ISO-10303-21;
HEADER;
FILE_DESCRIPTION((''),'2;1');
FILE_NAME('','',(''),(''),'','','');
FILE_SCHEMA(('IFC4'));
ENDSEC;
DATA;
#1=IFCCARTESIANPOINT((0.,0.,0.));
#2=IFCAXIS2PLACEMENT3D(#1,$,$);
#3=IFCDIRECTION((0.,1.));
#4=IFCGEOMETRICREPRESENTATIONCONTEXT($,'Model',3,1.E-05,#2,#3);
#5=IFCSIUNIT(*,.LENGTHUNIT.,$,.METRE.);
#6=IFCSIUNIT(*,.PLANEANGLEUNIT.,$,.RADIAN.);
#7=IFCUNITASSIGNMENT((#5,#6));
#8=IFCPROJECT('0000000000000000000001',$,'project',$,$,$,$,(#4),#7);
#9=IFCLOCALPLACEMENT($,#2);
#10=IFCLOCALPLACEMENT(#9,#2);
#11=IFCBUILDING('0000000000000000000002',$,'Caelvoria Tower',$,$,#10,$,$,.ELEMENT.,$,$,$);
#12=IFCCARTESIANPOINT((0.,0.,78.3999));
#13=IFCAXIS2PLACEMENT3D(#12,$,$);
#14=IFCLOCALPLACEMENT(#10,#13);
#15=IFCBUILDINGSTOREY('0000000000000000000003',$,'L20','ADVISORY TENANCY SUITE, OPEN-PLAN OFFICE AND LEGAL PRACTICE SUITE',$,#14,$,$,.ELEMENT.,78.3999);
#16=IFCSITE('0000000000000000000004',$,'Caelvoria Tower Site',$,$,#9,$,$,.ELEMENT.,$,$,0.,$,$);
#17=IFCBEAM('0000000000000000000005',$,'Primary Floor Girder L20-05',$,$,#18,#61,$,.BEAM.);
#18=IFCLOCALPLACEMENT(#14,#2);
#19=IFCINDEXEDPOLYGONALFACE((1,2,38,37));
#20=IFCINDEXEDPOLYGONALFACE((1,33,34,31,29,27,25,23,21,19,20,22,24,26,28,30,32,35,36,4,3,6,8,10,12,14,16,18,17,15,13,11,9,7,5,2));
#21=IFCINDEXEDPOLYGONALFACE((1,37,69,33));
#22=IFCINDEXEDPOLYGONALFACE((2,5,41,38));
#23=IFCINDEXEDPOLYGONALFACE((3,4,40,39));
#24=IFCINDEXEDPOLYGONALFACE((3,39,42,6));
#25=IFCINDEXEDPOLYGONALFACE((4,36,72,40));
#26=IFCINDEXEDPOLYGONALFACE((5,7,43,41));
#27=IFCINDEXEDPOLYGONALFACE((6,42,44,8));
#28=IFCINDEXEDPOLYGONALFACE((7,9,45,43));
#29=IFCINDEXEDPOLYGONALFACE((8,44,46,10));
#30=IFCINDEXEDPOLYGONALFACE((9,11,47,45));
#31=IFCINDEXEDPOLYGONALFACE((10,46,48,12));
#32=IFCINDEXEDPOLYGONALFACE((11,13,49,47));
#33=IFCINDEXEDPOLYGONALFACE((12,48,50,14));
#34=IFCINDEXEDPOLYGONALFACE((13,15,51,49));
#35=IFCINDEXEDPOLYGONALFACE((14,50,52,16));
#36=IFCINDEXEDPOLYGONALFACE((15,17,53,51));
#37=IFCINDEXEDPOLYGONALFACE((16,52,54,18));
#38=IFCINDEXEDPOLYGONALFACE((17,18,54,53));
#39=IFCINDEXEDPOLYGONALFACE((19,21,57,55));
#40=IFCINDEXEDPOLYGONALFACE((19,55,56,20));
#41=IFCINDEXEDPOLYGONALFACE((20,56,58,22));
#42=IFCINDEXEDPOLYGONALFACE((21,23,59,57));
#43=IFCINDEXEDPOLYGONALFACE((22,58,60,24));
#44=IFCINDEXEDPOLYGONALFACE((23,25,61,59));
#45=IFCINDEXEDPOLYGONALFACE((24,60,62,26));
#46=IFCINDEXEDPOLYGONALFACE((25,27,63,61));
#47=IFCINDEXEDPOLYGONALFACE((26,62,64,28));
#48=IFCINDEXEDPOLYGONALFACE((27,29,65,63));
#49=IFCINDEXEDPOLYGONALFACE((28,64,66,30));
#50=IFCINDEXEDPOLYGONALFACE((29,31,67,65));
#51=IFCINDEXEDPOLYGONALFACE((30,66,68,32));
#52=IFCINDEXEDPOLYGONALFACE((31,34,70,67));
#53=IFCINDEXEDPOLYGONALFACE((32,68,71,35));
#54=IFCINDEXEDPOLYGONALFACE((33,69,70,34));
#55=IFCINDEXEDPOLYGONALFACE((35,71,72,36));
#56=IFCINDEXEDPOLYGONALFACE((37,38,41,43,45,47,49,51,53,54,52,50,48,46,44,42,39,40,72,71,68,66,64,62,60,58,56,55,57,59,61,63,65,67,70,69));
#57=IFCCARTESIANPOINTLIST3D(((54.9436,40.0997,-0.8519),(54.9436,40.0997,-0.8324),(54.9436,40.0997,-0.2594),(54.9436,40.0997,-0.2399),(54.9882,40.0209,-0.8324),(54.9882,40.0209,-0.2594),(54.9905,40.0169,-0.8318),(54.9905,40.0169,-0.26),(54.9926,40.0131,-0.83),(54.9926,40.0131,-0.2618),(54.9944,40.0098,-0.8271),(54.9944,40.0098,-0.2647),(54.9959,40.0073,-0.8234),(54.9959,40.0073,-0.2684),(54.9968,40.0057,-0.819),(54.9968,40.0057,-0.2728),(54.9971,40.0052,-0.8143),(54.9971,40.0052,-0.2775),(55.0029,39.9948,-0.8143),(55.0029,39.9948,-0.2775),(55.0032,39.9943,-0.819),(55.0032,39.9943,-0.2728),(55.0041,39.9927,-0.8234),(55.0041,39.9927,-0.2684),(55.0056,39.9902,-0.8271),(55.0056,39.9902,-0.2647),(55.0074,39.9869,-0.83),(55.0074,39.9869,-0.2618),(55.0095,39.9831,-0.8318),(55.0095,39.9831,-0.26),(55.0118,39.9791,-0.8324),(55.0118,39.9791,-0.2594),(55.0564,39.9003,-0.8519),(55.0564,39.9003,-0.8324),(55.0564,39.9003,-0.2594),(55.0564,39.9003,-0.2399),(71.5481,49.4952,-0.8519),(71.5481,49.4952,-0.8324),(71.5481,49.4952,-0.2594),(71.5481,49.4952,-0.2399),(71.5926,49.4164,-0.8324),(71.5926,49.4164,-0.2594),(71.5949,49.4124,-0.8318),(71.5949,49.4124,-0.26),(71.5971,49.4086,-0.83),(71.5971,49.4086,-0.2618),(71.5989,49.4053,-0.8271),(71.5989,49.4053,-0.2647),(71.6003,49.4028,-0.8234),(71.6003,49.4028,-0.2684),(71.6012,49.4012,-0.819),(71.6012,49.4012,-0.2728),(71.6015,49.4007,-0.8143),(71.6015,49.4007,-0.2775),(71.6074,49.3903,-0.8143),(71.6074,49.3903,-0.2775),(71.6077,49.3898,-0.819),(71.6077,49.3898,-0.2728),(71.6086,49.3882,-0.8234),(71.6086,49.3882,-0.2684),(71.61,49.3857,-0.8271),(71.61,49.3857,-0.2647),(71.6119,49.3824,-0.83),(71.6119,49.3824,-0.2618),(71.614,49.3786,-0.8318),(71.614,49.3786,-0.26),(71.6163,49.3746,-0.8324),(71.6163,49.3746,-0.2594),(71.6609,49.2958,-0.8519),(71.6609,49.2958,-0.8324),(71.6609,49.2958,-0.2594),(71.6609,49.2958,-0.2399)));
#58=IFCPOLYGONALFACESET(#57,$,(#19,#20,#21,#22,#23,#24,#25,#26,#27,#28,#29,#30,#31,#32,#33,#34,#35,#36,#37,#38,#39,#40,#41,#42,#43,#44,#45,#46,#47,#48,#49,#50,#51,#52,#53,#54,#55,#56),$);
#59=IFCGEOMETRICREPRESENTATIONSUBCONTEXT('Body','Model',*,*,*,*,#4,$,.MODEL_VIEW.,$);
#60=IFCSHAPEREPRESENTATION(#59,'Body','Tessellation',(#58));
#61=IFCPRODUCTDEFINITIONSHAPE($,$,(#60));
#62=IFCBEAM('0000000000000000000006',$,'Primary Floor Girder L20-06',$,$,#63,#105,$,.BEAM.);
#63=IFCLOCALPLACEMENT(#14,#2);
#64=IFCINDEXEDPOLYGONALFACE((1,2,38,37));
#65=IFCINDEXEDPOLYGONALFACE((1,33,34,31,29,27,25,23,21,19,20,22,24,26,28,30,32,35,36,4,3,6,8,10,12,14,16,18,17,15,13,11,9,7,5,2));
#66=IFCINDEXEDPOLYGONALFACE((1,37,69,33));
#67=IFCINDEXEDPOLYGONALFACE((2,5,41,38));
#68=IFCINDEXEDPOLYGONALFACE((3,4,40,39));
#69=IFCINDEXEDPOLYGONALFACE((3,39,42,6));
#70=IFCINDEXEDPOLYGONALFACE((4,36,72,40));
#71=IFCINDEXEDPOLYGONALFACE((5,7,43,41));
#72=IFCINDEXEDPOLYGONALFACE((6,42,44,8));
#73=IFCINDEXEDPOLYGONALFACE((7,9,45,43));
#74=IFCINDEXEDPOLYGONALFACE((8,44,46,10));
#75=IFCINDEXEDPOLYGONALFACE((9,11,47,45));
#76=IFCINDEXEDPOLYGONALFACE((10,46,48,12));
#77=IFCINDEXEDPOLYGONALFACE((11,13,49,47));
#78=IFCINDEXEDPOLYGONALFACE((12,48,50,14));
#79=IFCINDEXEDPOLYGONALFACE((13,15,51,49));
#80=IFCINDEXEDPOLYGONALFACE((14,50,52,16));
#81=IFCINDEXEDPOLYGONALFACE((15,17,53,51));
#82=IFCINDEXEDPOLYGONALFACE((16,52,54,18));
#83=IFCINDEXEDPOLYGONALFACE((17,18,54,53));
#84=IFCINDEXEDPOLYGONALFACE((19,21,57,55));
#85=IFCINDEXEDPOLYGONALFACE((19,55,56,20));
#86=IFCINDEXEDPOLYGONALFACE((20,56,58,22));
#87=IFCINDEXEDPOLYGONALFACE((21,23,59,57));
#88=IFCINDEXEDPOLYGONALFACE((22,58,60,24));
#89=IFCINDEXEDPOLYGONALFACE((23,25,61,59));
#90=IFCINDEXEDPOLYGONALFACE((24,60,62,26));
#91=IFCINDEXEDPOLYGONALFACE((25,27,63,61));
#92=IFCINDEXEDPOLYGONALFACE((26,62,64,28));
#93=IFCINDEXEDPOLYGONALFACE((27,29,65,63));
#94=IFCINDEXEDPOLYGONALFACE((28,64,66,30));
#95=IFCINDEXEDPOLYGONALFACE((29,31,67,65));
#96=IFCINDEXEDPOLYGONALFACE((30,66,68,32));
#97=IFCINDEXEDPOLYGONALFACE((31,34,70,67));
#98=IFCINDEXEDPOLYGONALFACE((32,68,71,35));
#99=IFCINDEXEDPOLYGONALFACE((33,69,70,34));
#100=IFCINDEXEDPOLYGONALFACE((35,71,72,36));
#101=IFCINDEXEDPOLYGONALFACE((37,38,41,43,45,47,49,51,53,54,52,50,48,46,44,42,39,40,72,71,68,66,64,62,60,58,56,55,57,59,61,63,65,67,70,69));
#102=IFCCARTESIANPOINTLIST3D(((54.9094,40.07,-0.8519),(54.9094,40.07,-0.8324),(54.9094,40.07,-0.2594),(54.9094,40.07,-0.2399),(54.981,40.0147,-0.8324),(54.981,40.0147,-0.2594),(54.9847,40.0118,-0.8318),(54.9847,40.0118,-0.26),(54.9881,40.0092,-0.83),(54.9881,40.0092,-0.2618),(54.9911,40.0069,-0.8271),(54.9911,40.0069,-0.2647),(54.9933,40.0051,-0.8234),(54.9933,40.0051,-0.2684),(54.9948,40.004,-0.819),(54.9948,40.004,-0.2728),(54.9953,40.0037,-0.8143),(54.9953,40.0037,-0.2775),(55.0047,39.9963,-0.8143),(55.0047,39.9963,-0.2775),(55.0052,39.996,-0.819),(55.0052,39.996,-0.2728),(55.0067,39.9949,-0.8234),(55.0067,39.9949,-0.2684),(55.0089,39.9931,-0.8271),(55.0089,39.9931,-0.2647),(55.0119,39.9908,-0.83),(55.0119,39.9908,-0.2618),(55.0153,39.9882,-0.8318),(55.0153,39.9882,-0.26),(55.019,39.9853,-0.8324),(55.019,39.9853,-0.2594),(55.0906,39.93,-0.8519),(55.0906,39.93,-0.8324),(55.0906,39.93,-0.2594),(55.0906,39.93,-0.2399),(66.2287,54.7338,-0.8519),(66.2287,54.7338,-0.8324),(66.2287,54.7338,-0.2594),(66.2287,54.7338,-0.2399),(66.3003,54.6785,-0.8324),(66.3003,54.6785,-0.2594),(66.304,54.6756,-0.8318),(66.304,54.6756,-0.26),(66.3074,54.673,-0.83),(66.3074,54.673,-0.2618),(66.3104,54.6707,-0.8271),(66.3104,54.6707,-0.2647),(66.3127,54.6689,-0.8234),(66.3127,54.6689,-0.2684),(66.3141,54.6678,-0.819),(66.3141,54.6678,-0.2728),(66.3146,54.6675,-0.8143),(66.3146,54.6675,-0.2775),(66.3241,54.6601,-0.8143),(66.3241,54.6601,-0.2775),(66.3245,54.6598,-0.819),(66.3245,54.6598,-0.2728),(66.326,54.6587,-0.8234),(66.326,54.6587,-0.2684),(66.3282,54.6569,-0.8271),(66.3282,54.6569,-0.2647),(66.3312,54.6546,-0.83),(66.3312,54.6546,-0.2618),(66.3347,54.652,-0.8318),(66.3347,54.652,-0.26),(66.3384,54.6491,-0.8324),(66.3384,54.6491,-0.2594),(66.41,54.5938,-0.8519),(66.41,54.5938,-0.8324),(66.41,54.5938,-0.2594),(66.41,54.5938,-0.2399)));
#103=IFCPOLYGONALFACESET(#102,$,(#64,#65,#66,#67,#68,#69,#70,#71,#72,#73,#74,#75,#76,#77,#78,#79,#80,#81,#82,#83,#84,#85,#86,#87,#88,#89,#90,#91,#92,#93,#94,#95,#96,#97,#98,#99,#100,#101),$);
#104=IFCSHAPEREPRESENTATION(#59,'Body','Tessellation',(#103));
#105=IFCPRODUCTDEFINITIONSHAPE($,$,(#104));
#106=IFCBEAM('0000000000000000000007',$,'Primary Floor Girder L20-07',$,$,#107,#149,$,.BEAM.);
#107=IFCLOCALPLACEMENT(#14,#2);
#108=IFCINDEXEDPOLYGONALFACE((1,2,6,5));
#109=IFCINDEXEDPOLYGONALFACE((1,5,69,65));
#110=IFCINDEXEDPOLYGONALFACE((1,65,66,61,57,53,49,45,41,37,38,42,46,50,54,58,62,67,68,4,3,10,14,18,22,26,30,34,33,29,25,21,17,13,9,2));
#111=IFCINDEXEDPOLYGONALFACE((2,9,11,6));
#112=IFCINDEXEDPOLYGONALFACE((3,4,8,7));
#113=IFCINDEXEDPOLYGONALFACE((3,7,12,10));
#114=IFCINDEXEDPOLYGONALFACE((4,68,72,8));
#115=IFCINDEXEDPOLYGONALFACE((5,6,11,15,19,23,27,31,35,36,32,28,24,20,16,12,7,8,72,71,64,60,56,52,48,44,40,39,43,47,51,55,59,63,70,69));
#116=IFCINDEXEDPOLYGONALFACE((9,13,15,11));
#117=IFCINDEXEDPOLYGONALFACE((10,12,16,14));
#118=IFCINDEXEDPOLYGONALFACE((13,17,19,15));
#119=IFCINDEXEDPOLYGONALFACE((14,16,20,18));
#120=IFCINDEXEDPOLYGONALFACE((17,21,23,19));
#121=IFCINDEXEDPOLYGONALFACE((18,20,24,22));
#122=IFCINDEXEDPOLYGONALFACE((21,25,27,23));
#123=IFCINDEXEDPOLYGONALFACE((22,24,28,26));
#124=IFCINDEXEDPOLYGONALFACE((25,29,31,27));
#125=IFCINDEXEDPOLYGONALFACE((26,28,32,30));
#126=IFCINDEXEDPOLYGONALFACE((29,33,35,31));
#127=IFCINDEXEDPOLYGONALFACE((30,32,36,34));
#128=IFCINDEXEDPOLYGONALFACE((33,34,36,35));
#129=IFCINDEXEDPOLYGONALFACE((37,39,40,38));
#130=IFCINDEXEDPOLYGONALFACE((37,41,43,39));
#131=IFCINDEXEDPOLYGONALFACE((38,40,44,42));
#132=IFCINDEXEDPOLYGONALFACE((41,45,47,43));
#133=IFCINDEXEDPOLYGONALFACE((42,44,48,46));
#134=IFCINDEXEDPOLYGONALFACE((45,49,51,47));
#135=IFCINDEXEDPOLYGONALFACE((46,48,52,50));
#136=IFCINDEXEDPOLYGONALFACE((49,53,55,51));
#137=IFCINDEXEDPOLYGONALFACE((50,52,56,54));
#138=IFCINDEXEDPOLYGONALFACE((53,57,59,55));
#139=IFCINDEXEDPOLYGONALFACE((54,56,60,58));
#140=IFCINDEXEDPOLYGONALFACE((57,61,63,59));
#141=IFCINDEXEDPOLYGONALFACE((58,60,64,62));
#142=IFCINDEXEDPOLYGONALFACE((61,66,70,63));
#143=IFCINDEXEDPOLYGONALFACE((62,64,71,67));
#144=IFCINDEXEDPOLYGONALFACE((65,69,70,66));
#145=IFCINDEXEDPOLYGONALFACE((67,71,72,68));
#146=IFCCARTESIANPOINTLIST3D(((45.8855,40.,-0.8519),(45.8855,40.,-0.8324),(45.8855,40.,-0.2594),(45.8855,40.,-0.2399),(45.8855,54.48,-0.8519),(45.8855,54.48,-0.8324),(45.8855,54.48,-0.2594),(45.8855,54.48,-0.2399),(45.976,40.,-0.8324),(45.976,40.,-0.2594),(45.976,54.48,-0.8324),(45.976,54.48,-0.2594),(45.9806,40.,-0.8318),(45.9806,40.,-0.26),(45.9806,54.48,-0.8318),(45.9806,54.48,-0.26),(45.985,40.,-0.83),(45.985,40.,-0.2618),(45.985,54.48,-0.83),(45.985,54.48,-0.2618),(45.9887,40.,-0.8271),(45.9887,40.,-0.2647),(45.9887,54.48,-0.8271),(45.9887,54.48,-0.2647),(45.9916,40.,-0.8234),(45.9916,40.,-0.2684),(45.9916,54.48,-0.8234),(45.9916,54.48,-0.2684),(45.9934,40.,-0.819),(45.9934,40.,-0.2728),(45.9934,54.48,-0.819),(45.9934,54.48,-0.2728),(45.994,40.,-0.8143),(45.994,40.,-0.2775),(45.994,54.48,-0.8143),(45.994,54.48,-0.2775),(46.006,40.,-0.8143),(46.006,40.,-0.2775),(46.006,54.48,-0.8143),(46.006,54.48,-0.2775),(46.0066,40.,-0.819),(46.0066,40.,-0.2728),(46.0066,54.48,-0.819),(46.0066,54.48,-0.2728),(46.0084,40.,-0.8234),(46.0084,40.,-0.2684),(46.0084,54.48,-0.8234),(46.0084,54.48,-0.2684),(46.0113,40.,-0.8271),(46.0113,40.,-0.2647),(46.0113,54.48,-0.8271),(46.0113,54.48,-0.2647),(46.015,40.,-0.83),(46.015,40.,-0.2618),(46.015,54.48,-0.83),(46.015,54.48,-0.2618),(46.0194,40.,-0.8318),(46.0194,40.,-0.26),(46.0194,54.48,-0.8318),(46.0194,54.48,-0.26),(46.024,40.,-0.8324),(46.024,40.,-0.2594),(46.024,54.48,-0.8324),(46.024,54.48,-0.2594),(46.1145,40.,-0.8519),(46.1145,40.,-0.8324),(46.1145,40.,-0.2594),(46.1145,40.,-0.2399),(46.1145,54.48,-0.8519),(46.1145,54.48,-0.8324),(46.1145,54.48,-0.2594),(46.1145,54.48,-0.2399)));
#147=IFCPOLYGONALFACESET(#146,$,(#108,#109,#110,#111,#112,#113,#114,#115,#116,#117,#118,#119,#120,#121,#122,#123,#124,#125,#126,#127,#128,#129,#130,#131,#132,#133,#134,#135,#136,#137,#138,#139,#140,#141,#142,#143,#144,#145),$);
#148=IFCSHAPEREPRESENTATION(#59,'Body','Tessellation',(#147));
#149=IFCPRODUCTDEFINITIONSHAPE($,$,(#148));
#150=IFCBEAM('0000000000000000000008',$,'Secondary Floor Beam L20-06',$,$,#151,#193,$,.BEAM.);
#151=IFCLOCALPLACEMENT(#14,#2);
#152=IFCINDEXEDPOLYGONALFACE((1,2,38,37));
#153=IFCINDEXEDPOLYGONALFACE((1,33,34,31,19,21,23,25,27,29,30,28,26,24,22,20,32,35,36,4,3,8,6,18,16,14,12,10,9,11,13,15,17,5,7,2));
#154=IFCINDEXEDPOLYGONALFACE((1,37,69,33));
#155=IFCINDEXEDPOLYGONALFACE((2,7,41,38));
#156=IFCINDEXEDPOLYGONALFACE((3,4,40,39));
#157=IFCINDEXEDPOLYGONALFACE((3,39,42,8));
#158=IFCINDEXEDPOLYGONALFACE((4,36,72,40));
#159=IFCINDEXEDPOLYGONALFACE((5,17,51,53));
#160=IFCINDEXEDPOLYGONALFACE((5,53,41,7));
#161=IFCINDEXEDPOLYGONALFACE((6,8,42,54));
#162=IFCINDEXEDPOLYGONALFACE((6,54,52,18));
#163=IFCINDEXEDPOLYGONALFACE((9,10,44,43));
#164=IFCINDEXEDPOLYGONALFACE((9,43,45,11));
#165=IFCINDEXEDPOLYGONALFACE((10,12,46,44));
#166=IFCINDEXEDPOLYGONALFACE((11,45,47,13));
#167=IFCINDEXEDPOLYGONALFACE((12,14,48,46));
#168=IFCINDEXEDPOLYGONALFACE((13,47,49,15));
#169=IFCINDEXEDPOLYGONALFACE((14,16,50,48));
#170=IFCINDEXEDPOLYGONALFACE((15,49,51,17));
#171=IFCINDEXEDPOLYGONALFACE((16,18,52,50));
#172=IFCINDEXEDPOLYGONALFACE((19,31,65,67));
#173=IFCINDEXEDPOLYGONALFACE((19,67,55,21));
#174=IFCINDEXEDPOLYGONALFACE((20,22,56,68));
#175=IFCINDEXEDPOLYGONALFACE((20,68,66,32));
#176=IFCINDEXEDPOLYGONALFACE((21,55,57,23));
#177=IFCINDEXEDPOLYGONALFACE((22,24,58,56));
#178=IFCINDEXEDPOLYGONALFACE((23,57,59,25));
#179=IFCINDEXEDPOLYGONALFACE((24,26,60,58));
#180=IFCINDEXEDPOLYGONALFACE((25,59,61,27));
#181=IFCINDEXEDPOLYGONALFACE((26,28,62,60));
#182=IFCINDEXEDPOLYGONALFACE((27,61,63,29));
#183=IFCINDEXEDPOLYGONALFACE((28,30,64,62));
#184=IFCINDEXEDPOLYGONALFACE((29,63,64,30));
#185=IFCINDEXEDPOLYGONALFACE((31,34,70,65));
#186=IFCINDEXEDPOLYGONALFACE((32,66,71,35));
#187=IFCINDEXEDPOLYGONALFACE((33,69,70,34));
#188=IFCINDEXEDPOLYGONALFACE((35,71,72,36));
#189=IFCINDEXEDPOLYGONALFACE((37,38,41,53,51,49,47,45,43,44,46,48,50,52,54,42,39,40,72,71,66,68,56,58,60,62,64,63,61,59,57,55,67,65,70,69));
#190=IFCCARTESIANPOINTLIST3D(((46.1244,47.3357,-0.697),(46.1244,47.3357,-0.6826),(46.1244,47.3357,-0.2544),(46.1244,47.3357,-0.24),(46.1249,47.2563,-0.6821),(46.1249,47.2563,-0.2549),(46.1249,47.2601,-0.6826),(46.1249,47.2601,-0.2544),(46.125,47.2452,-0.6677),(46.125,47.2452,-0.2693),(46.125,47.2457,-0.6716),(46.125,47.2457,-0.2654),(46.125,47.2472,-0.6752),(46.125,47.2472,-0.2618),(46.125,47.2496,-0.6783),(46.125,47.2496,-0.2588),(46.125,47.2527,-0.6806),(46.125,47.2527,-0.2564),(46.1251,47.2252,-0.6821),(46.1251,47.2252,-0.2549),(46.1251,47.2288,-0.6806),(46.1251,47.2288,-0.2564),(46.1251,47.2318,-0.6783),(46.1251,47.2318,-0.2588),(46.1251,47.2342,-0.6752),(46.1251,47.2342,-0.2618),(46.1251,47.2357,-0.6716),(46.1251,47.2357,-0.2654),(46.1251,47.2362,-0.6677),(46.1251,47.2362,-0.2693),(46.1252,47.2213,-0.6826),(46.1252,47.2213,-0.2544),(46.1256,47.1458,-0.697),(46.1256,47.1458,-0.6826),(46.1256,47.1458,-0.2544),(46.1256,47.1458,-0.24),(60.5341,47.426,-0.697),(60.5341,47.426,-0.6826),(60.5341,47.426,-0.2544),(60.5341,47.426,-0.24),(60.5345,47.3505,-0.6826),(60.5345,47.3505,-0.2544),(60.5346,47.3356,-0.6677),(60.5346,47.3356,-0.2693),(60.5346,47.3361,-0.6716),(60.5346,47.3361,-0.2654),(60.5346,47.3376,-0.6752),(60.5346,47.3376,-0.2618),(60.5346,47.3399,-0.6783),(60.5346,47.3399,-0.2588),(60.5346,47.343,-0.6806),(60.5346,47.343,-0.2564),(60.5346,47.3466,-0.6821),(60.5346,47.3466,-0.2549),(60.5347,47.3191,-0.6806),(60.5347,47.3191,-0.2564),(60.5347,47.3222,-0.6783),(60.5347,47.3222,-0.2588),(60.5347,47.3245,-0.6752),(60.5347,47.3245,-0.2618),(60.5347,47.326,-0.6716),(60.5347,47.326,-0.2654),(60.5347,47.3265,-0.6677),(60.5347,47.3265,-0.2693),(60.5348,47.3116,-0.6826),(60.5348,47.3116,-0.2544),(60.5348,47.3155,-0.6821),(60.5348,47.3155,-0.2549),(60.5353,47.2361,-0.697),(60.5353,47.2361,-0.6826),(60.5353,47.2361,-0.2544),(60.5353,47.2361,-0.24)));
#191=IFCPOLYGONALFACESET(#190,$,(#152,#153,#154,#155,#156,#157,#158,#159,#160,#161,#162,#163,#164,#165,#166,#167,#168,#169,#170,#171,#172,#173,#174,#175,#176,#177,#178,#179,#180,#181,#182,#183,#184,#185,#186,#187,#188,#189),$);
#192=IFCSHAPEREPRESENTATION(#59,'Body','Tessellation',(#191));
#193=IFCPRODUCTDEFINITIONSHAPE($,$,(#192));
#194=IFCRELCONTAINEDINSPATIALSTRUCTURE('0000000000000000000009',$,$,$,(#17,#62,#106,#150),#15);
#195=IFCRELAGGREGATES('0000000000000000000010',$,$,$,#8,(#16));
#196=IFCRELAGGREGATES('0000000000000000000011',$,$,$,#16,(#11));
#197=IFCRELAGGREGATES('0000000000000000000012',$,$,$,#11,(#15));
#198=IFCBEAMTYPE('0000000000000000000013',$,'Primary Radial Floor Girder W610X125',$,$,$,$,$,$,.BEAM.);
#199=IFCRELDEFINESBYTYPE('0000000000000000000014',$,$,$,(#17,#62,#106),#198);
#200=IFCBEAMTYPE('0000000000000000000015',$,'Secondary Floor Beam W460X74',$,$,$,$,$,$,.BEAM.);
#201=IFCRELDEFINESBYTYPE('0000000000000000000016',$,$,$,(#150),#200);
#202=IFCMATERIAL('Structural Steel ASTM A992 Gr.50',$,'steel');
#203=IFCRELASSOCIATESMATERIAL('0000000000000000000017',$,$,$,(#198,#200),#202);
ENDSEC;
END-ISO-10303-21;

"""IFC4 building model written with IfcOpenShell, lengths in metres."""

from ifc_helpers import new_model, si_unit, direction, frame, origin, origin_2d, place, context, subcontext, project, spatial, i_section, extrude, material, material_profile, profile_set, type_object, element, save


model = new_model("IFC4")

# Units and contexts
model_context = context("Model", 3, precision=1e-05, world=origin(), true_north=direction((0.0, 1.0)))
body_context = subcontext(model_context, "Body", "Model", "MODEL_VIEW")
ifc_project = project(units=[si_unit("LENGTHUNIT", "METRE"), si_unit("PLANEANGLEUNIT", "RADIAN")], contexts=[model_context])

# Site, building, storey
site_placement = place(None, origin())
site = spatial("IfcSite", under=ifc_project, at=site_placement, Name="Caelvoria Tower Site", CompositionType="ELEMENT", RefElevation=0.0)
building_placement = place(site_placement, origin())
building = spatial("IfcBuilding", under=site, at=building_placement, Name="Caelvoria Tower", CompositionType="ELEMENT")
storey_placement = place(building_placement, frame((0.0, 0.0, 78.3999)))
storey = spatial("IfcBuildingStorey", under=building, at=storey_placement, Name="L20", Description="ADVISORY TENANCY SUITE, OPEN-PLAN OFFICE AND LEGAL PRACTICE SUITE", CompositionType="ELEMENT", Elevation=78.3999)

# Beams
ifc_material_1 = material(Name="Structural Steel ASTM A992 Gr.50", Category="steel")
ifc_material_profile_1 = material_profile(ifc_material_1, i_section(OverallWidth=0.229, OverallDepth=0.6121, WebThickness=0.012, FlangeThickness=0.0195, FilletRadius=0.0181, at=origin_2d()), Name="Structural Steel ASTM A992 Gr.50")
ifc_profile_set_1 = profile_set([ifc_material_profile_1], Name="W610X125 - Structural Steel ASTM A992 Gr.50")
beam_type_1 = type_object("IfcBeamType", Name="Primary Radial Floor Girder W610X125", PredefinedType="BEAM", material=ifc_profile_set_1)
beam_1_placement = place(storey_placement, frame((55.0, 40.0, -0.5459), z_axis=(0.87033, 0.492469, 0.0), x_axis=(-0.492469, 0.87033, 0.0)))
element("IfcBeam", 1, at=beam_1_placement, inside=storey, type_object=beam_type_1, Name="Primary Floor Girder L20-05", PredefinedType="BEAM", context=body_context, shape_type="SweptSolid", body=[
    extrude(i_section(OverallWidth=0.229, OverallDepth=0.6121, WebThickness=0.012, FlangeThickness=0.0195, FilletRadius=0.0181, at=origin_2d()), origin(), (0.0, 0.0, 1.0), 19.0784),
])
beam_2_placement = place(storey_placement, frame((55.0, 40.0, -0.5459), z_axis=(0.611049, 0.791593, 0.0), x_axis=(-0.791593, 0.611049, 0.0)))
element("IfcBeam", 2, at=beam_2_placement, inside=storey, type_object=beam_type_1, Name="Primary Floor Girder L20-06", PredefinedType="BEAM", context=body_context, shape_type="SweptSolid", body=[
    extrude(i_section(OverallWidth=0.229, OverallDepth=0.6121, WebThickness=0.012, FlangeThickness=0.0195, FilletRadius=0.0181, at=origin_2d()), origin(), (0.0, 0.0, 1.0), 18.5244),
])
beam_3_placement = place(storey_placement, frame((46.0, 40.0, -0.5459), z_axis=(0.0, 1.0, 0.0), x_axis=(-1.0, 0.0, 0.0)))
element("IfcBeam", 3, at=beam_3_placement, inside=storey, type_object=beam_type_1, Name="Primary Floor Girder L20-07", PredefinedType="BEAM", context=body_context, shape_type="SweptSolid", body=[
    extrude(i_section(OverallWidth=0.229, OverallDepth=0.6121, WebThickness=0.012, FlangeThickness=0.0195, FilletRadius=0.0181, at=origin_2d()), origin(), (0.0, 0.0, 1.0), 14.48),
])
ifc_material_profile_2 = material_profile(ifc_material_1, i_section(OverallWidth=0.1899, OverallDepth=0.457, WebThickness=0.009, FlangeThickness=0.0144, FilletRadius=0.0149, at=origin_2d()), Name="Structural Steel ASTM A992 Gr.50")
ifc_profile_set_2 = profile_set([ifc_material_profile_2], Name="W460X74 - Structural Steel ASTM A992 Gr.50")
beam_type_2 = type_object("IfcBeamType", Name="Secondary Floor Beam W460X74", PredefinedType="BEAM", material=ifc_profile_set_2)
for number, where, z_axis, x_axis, name in (
    (4, (60.5347, 47.3311, -0.4685), (-0.99998, -0.006269, 0.0), (0.006269, -0.99998, 0.0), "Secondary Floor Beam L20-06"),
):
    element("IfcBeam", number, at=place(storey_placement, frame(where, z_axis=z_axis, x_axis=x_axis)), inside=storey, type_object=beam_type_2, Name=name, PredefinedType="BEAM", context=body_context, shape_type="SweptSolid", body=[
        extrude(i_section(OverallWidth=0.1899, OverallDepth=0.457, WebThickness=0.009, FlangeThickness=0.0144, FilletRadius=0.0149, at=origin_2d()), origin(), (0.0, 0.0, 1.0), 14.4099),
    ])

save(model, "model.ifc")
